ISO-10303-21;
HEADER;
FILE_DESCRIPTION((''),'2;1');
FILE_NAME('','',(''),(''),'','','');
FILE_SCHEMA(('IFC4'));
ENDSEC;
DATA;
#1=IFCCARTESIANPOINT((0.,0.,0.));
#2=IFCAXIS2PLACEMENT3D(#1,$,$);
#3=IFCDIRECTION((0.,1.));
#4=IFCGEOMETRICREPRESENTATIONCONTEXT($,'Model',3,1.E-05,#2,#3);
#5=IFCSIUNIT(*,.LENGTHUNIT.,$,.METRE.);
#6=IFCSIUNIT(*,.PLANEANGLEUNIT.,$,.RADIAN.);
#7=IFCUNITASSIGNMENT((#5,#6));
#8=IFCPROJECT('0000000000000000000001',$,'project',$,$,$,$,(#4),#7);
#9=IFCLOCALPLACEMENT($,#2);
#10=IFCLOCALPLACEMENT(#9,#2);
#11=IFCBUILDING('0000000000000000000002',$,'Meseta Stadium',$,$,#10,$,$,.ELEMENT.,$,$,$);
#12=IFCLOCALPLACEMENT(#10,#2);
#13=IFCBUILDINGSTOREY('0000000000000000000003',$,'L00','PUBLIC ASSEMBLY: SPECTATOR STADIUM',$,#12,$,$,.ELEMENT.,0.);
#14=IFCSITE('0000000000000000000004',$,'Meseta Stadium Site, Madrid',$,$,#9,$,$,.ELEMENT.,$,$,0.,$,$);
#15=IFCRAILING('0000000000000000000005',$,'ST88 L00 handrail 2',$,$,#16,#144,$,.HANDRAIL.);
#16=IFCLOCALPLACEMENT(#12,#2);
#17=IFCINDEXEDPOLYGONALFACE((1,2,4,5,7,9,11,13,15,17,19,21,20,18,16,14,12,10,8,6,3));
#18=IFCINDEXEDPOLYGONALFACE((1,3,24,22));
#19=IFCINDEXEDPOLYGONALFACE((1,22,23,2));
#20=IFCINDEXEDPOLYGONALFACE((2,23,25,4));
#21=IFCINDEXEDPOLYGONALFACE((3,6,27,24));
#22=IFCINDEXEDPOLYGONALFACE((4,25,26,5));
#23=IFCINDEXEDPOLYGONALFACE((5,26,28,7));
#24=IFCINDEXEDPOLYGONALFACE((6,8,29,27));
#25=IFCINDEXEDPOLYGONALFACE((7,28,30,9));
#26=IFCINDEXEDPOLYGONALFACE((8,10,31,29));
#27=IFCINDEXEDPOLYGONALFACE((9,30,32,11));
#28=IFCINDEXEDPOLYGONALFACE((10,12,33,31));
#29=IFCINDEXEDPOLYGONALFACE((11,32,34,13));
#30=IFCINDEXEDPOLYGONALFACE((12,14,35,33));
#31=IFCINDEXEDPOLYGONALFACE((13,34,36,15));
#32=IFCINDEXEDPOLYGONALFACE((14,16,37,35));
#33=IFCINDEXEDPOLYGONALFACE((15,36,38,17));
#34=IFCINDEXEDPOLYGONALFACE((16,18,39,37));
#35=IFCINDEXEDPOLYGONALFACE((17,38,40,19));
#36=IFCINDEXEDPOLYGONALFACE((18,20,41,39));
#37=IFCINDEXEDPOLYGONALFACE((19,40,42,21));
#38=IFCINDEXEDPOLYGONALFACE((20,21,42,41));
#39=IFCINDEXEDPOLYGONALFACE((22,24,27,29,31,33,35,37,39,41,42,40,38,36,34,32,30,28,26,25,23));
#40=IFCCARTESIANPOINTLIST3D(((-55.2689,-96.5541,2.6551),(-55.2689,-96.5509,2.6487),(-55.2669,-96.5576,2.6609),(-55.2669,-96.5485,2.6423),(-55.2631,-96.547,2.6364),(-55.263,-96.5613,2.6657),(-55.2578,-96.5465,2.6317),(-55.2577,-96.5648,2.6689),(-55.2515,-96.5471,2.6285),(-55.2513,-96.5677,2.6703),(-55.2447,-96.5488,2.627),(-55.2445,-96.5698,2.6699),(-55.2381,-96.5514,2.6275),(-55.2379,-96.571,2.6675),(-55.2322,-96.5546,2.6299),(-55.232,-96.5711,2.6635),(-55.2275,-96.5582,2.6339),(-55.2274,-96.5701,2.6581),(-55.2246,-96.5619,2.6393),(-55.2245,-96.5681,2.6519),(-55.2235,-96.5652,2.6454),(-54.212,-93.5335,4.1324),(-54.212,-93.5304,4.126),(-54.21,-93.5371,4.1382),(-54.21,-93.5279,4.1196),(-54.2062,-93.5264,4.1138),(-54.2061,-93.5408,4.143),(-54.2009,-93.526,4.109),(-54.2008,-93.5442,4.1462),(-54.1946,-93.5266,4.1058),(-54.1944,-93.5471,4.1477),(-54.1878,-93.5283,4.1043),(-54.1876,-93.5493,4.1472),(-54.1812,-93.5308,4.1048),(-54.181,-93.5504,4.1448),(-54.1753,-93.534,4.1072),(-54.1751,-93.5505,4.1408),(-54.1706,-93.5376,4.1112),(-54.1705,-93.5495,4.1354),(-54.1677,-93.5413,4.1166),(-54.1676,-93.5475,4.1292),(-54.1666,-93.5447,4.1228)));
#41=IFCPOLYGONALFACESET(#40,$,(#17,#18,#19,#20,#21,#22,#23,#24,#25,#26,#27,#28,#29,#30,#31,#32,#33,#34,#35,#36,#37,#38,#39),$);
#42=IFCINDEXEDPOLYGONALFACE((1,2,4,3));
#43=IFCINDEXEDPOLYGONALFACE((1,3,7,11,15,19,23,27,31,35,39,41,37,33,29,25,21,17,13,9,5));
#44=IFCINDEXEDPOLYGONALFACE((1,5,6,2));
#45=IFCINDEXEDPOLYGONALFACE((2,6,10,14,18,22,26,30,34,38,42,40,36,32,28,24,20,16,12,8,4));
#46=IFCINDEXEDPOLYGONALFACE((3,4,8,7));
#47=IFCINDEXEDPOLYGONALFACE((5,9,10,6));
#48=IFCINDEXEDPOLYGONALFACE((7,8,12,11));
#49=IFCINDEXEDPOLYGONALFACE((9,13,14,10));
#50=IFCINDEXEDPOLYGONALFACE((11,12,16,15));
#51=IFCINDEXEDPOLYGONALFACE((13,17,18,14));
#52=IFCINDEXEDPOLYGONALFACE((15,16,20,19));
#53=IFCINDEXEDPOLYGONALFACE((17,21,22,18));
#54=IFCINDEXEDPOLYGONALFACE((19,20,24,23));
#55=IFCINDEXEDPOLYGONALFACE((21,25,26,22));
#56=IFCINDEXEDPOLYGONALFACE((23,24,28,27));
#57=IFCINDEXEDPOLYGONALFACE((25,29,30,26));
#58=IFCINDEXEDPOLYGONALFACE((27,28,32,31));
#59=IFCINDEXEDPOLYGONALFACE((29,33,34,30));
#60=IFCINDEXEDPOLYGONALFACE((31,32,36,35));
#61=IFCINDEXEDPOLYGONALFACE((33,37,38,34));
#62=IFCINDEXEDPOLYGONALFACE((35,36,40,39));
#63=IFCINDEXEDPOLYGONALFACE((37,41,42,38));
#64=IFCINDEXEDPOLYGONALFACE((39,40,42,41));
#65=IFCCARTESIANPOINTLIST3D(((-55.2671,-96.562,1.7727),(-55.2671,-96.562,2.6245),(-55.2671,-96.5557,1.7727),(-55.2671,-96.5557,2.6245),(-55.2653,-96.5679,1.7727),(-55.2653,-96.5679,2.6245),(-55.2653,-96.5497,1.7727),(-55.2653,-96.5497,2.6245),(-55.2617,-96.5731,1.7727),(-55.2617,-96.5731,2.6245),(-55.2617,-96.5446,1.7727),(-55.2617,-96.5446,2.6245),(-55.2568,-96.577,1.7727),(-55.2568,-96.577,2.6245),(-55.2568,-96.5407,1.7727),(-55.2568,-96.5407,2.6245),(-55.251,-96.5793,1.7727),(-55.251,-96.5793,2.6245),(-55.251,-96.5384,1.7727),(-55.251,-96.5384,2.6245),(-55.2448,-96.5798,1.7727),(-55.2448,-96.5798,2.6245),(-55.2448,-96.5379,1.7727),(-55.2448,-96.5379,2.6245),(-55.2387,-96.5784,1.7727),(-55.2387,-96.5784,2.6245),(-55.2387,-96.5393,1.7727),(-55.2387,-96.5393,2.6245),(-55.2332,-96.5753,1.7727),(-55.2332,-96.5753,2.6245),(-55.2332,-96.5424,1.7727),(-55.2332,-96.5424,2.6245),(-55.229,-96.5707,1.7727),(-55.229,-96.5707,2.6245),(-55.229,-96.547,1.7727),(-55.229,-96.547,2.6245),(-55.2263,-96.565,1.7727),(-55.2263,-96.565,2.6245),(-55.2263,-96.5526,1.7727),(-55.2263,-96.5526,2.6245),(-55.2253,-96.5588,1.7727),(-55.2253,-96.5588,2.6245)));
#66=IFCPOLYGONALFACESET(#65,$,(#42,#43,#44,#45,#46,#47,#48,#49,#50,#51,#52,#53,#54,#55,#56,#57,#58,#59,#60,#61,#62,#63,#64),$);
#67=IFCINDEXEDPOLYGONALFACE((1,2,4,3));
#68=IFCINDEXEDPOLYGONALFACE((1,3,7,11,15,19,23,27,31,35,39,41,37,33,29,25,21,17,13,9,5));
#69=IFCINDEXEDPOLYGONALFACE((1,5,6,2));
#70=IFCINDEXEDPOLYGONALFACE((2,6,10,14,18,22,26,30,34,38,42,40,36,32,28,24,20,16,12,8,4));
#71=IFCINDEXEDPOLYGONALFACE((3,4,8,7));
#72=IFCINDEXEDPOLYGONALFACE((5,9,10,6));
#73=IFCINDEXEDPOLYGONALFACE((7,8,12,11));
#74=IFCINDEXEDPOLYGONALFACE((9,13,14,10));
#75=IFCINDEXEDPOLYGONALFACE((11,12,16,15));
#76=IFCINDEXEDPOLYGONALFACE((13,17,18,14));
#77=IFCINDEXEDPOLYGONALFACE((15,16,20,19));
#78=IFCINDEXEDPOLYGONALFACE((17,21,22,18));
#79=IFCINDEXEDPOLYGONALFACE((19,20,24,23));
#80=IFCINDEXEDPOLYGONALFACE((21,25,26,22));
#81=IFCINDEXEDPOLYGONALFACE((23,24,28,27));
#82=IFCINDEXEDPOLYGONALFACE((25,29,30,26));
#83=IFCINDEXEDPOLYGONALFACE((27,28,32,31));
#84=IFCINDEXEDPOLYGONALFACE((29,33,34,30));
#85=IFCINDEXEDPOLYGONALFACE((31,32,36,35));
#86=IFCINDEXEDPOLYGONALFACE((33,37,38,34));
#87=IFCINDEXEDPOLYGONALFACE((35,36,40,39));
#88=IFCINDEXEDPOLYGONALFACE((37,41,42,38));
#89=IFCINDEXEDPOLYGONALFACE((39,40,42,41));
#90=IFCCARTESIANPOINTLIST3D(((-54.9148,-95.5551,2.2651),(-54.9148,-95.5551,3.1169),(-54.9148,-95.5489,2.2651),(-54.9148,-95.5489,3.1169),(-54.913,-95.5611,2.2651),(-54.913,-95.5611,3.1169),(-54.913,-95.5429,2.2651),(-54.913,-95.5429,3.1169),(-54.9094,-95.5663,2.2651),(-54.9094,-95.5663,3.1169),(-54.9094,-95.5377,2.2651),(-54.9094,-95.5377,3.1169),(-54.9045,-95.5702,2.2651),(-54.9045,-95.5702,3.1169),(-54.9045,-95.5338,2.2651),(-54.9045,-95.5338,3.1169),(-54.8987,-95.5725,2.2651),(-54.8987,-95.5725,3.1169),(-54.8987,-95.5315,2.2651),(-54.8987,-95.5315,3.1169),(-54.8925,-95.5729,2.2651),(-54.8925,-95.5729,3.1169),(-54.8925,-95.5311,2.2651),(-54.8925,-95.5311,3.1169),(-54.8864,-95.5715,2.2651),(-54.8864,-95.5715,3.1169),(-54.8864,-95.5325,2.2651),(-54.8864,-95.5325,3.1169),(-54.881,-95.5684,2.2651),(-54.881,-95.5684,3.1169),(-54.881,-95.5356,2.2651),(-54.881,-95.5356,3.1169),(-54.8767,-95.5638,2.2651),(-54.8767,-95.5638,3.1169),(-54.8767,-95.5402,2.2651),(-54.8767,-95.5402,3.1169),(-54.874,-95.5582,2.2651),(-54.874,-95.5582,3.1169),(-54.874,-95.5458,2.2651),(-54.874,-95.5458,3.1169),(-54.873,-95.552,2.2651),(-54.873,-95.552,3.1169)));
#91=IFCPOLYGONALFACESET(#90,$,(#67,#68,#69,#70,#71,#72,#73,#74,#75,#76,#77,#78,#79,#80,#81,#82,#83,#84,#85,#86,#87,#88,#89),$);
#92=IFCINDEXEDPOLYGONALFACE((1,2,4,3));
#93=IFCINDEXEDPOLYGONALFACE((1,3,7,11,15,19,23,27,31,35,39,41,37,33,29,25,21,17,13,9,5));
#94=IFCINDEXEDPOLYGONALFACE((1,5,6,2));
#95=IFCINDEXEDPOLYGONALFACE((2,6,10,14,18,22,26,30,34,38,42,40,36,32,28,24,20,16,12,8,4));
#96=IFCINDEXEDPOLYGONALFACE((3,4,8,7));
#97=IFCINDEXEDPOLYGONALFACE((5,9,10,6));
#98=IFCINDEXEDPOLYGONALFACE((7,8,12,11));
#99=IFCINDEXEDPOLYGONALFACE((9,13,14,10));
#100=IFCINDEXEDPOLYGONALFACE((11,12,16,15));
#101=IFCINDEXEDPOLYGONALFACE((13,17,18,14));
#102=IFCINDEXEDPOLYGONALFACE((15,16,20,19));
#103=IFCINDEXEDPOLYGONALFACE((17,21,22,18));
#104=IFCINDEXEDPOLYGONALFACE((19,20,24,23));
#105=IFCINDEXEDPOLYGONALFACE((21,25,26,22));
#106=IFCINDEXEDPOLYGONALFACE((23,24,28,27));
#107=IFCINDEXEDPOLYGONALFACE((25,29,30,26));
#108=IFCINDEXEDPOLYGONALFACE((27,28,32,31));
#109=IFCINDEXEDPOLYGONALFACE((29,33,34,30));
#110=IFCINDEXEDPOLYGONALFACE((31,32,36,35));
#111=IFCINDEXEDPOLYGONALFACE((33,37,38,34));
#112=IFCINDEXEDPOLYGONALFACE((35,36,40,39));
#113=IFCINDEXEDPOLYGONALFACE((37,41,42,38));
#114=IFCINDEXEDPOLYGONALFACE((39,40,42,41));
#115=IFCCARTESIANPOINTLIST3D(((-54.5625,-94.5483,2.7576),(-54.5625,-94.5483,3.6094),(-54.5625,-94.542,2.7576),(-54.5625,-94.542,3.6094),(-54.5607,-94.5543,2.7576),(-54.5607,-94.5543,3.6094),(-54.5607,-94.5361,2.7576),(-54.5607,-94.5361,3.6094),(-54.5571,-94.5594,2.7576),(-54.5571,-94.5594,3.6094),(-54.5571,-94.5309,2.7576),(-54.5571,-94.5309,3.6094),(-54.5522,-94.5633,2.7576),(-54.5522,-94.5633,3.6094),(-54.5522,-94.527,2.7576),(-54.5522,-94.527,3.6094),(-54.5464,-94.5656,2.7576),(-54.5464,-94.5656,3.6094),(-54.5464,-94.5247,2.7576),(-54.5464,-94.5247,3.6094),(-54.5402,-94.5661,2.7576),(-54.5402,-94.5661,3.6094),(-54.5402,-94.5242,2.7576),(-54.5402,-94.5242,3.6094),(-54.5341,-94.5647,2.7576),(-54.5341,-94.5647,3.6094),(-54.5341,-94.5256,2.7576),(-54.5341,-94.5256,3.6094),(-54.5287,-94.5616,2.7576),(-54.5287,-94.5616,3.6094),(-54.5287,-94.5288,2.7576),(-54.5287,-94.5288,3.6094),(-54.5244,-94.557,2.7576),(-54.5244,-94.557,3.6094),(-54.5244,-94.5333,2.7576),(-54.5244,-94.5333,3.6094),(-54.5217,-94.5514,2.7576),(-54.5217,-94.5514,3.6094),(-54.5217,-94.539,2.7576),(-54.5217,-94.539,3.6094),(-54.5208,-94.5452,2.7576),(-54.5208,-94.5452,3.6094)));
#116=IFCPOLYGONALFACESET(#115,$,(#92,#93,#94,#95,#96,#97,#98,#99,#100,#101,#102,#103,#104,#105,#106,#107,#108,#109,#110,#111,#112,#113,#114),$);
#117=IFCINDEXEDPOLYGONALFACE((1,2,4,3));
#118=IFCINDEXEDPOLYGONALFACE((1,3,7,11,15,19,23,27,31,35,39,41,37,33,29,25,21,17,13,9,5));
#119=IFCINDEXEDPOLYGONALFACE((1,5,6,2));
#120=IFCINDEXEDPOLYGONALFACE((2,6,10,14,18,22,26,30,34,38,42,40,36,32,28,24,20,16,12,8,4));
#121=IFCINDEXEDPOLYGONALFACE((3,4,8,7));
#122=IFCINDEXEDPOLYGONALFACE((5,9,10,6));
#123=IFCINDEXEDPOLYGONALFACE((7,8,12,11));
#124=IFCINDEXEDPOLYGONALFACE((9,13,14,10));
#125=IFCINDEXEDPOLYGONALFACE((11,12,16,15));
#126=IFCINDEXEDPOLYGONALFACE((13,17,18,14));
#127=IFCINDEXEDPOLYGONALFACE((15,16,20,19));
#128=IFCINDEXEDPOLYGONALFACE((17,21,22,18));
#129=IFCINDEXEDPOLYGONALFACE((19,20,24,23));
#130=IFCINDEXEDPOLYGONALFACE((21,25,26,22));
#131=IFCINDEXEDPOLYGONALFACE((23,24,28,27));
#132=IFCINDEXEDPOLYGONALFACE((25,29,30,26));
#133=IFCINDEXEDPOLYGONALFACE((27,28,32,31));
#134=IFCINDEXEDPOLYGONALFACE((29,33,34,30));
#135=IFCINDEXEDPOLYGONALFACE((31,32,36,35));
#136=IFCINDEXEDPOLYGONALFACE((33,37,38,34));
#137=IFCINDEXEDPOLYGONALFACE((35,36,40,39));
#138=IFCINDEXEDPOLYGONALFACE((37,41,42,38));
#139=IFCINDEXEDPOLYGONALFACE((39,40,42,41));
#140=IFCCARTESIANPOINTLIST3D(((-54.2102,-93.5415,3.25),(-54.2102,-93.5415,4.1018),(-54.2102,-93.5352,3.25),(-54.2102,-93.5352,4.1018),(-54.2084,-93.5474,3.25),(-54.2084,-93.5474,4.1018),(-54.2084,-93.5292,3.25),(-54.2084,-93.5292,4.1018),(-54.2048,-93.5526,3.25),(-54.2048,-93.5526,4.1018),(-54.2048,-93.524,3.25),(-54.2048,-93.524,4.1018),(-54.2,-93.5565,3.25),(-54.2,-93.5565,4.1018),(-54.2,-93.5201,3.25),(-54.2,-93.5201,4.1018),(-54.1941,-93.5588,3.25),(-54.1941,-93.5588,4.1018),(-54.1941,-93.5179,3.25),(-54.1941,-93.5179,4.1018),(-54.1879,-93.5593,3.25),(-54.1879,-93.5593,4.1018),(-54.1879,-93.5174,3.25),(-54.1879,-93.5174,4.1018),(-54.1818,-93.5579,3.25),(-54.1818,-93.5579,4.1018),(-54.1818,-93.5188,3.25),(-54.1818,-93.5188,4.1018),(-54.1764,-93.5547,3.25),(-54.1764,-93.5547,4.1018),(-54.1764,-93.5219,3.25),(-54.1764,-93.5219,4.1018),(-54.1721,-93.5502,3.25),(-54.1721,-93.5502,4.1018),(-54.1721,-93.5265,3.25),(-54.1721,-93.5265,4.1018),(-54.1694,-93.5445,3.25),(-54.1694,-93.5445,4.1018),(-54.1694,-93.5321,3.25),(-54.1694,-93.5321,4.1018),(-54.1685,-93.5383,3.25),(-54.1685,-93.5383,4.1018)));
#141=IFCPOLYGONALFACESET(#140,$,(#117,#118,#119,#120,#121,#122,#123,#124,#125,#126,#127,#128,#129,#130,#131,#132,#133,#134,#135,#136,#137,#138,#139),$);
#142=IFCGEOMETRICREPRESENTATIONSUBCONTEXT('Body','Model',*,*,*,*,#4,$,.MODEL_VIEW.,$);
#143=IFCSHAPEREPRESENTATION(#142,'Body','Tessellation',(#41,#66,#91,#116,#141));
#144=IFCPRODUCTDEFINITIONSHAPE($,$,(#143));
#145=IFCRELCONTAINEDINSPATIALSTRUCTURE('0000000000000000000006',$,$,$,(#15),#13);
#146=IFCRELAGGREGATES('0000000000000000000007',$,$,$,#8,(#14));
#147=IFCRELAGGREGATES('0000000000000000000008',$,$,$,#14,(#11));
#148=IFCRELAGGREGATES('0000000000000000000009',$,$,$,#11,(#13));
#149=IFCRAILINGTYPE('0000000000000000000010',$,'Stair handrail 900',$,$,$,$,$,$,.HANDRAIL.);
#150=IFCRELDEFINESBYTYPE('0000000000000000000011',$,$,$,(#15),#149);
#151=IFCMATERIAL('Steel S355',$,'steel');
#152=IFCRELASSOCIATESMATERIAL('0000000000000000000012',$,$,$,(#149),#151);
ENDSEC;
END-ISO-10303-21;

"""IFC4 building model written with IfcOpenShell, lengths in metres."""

from ifc_helpers import new_model, si_unit, direction, frame, origin, origin_2d, place, context, subcontext, project, spatial, circle, extrude, material, type_object, element, save


model = new_model("IFC4")

# Units and contexts
model_context = context("Model", 3, precision=1e-05, world=origin(), true_north=direction((0.0, 1.0)))
body_context = subcontext(model_context, "Body", "Model", "MODEL_VIEW")
ifc_project = project(units=[si_unit("LENGTHUNIT", "METRE"), si_unit("PLANEANGLEUNIT", "RADIAN")], contexts=[model_context])

# Site, building, storey
site_placement = place(None, origin())
site = spatial("IfcSite", under=ifc_project, at=site_placement, Name="Meseta Stadium Site, Madrid", CompositionType="ELEMENT", RefElevation=0.0)
building_placement = place(site_placement, origin())
building = spatial("IfcBuilding", under=site, at=building_placement, Name="Meseta Stadium", CompositionType="ELEMENT")
storey_placement = place(building_placement, origin())
storey = spatial("IfcBuildingStorey", under=building, at=storey_placement, Name="L00", Description="PUBLIC ASSEMBLY: SPECTATOR STADIUM", CompositionType="ELEMENT", Elevation=0.0)

# Railing
ifc_material_1 = material(Name="Steel S355", Category="steel")
railing_type_1 = type_object("IfcRailingType", Name="Stair handrail 900", PredefinedType="HANDRAIL", material=ifc_material_1)
for number, where, name in (
    (1, (-55.2463, -96.5588, 1.7727), "ST88 L00 handrail 2"),
):
    element("IfcRailing", number, at=place(storey_placement, frame(where)), inside=storey, type_object=railing_type_1, Name=name, PredefinedType="HANDRAIL", context=body_context, shape_type="SweptSolid", body=[
        extrude(circle(Radius=0.0239, at=origin_2d()), frame((0.0, 0.0, 0.876), z_axis=(0.299859, 0.856977, 0.419137), x_axis=(-0.943887, 0.330269, 0.0)), (0.0, 0.0, 1.0), 3.5247),
        extrude(circle(Radius=0.021, at=origin_2d()), origin(), (0.0, 0.0, 1.0), 0.8518),
        extrude(circle(Radius=0.021, at=origin_2d()), frame((0.3523, 1.0068, 0.4924)), (0.0, 0.0, 1.0), 0.8518),
        extrude(circle(Radius=0.021, at=origin_2d()), frame((0.7046, 2.0137, 0.9849)), (0.0, 0.0, 1.0), 0.8518),
        extrude(circle(Radius=0.021, at=origin_2d()), frame((1.0569, 3.0205, 1.4773)), (0.0, 0.0, 1.0), 0.8518),
    ])

save(model, "model.ifc")
